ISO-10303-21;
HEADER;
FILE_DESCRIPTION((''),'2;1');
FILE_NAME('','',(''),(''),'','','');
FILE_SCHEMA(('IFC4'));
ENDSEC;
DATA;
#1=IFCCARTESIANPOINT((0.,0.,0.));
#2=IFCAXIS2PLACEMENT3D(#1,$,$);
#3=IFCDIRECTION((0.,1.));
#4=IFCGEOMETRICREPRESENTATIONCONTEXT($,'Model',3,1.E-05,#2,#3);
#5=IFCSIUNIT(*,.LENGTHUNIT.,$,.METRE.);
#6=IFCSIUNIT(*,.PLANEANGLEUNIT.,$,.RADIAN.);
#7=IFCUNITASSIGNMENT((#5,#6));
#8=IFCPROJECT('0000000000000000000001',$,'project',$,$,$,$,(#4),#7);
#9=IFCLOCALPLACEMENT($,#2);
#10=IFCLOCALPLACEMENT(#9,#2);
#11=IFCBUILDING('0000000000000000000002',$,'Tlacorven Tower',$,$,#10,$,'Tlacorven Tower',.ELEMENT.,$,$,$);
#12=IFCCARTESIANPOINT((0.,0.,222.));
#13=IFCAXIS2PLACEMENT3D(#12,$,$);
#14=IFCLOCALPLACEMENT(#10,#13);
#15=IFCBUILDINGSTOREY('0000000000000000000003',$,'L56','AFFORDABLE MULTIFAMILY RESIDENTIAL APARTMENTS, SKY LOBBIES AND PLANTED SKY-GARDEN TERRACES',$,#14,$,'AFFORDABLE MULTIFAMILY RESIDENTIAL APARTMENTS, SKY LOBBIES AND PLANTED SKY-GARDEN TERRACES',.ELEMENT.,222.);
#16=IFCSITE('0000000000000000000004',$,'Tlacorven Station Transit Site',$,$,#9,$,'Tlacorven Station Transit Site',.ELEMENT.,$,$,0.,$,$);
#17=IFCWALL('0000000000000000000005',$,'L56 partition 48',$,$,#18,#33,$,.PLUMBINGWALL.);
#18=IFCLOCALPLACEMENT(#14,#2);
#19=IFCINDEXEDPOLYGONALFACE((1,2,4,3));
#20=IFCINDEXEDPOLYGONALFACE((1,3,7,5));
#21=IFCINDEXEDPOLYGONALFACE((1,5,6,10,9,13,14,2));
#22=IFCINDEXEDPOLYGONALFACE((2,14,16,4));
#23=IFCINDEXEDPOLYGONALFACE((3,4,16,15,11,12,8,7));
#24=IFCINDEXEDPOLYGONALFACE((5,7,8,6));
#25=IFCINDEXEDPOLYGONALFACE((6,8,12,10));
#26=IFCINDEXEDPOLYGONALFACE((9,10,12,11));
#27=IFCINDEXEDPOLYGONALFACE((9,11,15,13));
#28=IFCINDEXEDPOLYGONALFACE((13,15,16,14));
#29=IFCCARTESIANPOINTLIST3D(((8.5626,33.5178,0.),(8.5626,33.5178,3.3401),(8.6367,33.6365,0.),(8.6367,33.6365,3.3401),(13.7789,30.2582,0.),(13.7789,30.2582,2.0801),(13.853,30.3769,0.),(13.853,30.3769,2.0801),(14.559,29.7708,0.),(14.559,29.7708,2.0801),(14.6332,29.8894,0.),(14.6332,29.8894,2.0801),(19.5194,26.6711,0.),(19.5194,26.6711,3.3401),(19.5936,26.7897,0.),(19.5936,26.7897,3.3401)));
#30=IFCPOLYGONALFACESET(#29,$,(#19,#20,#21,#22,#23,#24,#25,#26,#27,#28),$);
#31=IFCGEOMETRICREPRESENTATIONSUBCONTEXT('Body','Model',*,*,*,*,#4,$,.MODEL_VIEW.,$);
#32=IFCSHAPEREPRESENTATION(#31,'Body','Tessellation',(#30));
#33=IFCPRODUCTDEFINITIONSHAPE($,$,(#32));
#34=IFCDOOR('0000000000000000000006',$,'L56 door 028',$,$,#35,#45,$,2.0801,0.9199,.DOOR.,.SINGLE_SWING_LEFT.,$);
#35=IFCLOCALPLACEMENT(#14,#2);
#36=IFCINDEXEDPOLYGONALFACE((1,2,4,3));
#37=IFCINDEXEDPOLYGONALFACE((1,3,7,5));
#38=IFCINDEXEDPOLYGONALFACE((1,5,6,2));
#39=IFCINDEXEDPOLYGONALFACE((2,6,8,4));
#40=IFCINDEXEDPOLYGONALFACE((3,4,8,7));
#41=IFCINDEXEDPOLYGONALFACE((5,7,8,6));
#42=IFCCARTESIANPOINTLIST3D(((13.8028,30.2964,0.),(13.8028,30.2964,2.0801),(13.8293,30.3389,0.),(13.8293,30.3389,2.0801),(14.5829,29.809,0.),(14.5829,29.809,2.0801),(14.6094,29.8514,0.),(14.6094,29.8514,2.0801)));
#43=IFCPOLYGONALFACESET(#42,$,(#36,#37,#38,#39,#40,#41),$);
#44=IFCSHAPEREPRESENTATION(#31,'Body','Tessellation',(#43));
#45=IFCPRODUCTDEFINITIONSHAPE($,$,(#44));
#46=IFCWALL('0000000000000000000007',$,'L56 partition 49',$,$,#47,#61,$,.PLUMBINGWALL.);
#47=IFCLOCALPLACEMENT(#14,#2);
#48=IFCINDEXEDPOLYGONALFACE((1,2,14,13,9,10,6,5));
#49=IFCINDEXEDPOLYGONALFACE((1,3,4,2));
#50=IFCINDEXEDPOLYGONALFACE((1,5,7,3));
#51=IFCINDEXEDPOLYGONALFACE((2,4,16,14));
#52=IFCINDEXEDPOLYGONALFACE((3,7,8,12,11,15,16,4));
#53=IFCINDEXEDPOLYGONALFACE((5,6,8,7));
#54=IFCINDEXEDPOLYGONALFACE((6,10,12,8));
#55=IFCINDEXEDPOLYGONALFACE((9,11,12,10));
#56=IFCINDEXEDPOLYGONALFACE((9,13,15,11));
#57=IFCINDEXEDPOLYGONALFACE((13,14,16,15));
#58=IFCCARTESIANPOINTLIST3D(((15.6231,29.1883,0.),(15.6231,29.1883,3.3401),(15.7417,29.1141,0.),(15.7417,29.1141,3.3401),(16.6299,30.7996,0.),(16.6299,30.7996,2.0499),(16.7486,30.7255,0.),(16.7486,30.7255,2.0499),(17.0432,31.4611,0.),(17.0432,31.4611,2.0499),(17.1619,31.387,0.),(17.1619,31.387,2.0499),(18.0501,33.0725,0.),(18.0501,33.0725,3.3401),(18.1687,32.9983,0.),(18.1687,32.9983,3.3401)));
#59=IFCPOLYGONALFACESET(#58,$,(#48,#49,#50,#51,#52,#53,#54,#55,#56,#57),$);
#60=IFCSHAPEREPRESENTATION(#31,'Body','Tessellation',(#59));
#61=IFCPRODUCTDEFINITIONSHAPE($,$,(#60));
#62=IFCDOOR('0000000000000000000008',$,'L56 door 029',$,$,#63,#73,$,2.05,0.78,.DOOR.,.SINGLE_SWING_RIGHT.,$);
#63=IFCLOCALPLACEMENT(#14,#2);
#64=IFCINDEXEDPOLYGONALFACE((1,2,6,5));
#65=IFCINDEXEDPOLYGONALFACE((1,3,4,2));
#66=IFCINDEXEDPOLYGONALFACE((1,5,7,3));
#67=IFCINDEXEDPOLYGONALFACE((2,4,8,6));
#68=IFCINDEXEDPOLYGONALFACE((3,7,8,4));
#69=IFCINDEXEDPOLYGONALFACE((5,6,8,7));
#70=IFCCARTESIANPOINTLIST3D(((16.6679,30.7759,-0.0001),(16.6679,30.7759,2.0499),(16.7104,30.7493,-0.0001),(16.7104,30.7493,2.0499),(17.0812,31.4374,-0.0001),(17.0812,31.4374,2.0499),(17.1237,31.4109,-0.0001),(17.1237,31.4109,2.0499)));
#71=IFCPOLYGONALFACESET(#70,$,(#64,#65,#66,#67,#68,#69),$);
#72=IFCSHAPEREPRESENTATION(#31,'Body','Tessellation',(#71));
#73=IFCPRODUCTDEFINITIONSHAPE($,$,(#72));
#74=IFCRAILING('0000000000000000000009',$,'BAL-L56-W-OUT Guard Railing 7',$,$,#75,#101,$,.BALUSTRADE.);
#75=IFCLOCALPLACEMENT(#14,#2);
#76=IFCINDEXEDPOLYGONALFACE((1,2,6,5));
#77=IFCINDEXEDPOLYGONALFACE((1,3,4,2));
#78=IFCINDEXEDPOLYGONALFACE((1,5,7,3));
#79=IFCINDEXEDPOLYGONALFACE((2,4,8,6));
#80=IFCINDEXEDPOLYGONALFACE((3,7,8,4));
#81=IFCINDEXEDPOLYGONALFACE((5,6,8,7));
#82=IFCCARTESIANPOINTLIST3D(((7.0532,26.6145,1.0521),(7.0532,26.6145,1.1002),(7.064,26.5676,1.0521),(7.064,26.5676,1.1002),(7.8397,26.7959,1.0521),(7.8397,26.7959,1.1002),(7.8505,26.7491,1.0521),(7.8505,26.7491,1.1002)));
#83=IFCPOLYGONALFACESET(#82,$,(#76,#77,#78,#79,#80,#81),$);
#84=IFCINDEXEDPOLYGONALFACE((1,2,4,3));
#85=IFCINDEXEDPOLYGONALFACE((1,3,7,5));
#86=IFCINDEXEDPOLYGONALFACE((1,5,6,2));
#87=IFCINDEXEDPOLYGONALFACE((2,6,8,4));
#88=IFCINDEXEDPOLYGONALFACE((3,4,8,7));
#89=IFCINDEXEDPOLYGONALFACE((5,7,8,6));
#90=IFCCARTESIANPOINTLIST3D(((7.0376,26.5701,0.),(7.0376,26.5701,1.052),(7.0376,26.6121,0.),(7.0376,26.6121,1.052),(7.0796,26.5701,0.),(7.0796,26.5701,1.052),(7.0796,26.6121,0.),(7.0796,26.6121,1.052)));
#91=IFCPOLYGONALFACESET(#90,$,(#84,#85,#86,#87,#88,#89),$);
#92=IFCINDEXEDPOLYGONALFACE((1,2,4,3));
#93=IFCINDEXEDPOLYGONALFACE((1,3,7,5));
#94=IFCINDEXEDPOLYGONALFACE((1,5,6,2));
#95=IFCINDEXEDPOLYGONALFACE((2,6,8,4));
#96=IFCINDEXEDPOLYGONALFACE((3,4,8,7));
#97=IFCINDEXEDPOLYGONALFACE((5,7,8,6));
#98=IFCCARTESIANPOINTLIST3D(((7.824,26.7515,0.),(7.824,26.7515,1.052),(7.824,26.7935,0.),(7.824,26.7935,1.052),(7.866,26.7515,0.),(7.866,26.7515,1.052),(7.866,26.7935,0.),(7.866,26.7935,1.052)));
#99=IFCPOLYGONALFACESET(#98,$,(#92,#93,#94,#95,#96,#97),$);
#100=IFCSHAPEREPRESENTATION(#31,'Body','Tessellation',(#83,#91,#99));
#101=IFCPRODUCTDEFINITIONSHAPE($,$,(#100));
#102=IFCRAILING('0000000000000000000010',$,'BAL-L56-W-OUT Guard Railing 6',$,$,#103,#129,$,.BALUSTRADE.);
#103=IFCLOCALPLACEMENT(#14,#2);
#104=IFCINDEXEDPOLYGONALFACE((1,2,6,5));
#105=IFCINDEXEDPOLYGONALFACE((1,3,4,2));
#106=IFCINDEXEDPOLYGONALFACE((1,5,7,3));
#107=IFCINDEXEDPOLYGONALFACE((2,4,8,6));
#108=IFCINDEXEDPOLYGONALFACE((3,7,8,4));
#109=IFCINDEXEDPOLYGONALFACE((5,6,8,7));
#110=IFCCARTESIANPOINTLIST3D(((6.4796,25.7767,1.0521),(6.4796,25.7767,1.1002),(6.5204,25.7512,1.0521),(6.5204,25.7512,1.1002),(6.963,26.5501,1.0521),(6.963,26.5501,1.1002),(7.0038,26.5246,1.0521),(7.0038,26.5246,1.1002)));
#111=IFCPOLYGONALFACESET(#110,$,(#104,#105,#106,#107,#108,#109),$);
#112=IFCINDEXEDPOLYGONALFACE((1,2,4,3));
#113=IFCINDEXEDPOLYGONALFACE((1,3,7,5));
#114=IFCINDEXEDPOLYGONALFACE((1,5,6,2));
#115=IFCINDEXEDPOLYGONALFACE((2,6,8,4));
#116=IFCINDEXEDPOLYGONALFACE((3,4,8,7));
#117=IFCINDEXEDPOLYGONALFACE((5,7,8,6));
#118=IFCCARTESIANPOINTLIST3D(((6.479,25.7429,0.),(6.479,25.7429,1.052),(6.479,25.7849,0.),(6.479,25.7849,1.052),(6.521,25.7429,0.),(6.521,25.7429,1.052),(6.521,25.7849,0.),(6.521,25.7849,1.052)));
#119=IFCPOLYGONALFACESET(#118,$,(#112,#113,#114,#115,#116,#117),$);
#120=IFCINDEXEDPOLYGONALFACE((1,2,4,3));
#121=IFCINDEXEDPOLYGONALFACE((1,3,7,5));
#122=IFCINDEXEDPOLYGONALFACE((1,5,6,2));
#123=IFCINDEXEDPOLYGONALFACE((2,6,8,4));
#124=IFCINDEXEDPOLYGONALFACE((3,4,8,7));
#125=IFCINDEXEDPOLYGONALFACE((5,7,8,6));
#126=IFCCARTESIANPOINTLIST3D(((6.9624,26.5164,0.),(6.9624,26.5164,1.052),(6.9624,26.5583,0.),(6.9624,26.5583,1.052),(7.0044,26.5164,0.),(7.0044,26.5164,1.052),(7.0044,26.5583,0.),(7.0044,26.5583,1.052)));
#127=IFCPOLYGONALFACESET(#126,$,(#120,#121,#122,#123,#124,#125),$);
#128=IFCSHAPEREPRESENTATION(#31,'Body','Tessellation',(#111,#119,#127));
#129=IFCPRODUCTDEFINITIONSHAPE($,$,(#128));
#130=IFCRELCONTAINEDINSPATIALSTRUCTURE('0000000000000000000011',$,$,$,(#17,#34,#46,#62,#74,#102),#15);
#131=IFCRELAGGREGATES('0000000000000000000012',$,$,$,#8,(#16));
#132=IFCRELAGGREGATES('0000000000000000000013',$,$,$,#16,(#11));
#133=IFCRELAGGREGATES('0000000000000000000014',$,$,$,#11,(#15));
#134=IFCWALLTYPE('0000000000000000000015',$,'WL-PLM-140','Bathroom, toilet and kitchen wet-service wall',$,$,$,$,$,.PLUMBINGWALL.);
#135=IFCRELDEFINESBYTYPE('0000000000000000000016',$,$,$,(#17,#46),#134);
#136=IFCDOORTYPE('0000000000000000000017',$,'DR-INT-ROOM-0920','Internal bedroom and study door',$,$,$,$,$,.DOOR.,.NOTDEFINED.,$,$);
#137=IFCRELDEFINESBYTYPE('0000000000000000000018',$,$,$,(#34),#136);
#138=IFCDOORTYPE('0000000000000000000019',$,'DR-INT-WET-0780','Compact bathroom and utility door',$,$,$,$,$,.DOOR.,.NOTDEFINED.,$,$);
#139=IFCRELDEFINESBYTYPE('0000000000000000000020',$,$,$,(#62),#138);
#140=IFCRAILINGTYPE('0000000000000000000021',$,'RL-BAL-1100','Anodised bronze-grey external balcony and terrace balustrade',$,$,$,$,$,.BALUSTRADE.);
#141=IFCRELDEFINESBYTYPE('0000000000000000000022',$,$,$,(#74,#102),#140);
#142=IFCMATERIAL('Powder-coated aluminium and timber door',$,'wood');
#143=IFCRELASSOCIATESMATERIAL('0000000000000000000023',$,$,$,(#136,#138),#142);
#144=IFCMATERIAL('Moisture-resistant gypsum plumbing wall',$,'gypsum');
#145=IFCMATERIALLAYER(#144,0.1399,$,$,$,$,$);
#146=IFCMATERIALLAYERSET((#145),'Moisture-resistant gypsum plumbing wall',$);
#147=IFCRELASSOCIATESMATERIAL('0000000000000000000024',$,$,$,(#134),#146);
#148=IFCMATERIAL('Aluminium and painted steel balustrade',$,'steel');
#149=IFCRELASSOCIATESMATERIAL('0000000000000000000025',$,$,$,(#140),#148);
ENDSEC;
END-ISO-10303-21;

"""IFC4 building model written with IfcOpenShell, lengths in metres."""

from ifc_helpers import new_model, si_unit, direction, frame, frame_2d, origin, origin_2d, place, context, subcontext, project, spatial, rectangle, extrude, source, transform, mapped, material, layer, layer_set, type_object, element, fill, save


model = new_model("IFC4")

# Units and contexts
model_context = context("Model", 3, precision=1e-05, world=origin(), true_north=direction((0.0, 1.0)))
body_context = subcontext(model_context, "Body", "Model", "MODEL_VIEW")
ifc_project = project(units=[si_unit("LENGTHUNIT", "METRE"), si_unit("PLANEANGLEUNIT", "RADIAN")], contexts=[model_context])

# Site, building, storey
site_placement = place(None, origin())
site = spatial("IfcSite", under=ifc_project, at=site_placement, Name="Tlacorven Station Transit Site", LongName="Tlacorven Station Transit Site", CompositionType="ELEMENT", RefElevation=0.0)
building_placement = place(site_placement, origin())
building = spatial("IfcBuilding", under=site, at=building_placement, Name="Tlacorven Tower", LongName="Tlacorven Tower", CompositionType="ELEMENT")
storey_placement = place(building_placement, frame((0.0, 0.0, 222.0)))
storey = spatial("IfcBuildingStorey", under=building, at=storey_placement, Name="L56", Description="AFFORDABLE MULTIFAMILY RESIDENTIAL APARTMENTS, SKY LOBBIES AND PLANTED SKY-GARDEN TERRACES", LongName="AFFORDABLE MULTIFAMILY RESIDENTIAL APARTMENTS, SKY LOBBIES AND PLANTED SKY-GARDEN TERRACES", CompositionType="ELEMENT", Elevation=222.0)

# Walls, openings, doors
ifc_material_1 = material(Name="Powder-coated aluminium and timber door", Category="wood")
door_type_1 = type_object("IfcDoorType", Name="DR-INT-ROOM-0920", Description="Internal bedroom and study door", OperationType="NOTDEFINED", PredefinedType="DOOR", material=ifc_material_1)
shared_shape_1 = source(origin(), body_context, "Body", "SweptSolid", [
    extrude(rectangle(XDim=0.9199, YDim=2.0801, at=frame_2d((0.46, 1.04))), frame((0.0, 0.0249, 0.0), z_axis=(0.0, -1.0, 0.0), x_axis=(1.0, 0.0, 0.0)), (0.0, 0.0, 1.0), 0.05),
])
ifc_material_2 = material(Name="Moisture-resistant gypsum plumbing wall", Category="gypsum")
ifc_layer_1 = layer(ifc_material_2, 0.1399)
ifc_layer_set_1 = layer_set([ifc_layer_1], Name="Moisture-resistant gypsum plumbing wall")
wall_type_1 = type_object("IfcWallType", Name="WL-PLM-140", Description="Bathroom, toilet and kitchen wet-service wall", PredefinedType="PLUMBINGWALL", material=ifc_layer_set_1)
wall_1_placement = place(storey_placement, frame((19.5564, 26.7305, 0.0), z_axis=(0.0, 0.0, 1.0), x_axis=(-0.848044, 0.529926, 0.0)))
wall_1 = element("IfcWall", 1, at=wall_1_placement, inside=storey, type_object=wall_type_1, Name="L56 partition 48", PredefinedType="PLUMBINGWALL", context=body_context, shape_type="SweptSolid", body=[
    extrude(rectangle(XDim=12.9202, YDim=0.1399, at=frame_2d((6.46, 0.0))), origin(), (0.0, 0.0, 1.0), 3.3401),
])
opening_1_placement = place(wall_1_placement, frame((5.8491, 0.0, 0.0)))
opening_1 = element("IfcOpeningElement", 2, at=opening_1_placement, cuts=wall_1, PredefinedType="OPENING", context=body_context, shape_type="SweptSolid", body=[
    extrude(rectangle(XDim=0.9199, YDim=2.0801, at=frame_2d((0.46, 1.04))), frame((0.0, 0.0801, 0.0), z_axis=(0.0, -1.0, 0.0), x_axis=(1.0, 0.0, 0.0)), (0.0, 0.0, 1.0), 0.1599),
])
door_1_placement = place(opening_1_placement, origin())
door_1 = element("IfcDoor", 3, at=door_1_placement, inside=storey, type_object=door_type_1, Name="L56 door 028", OperationType="SINGLE_SWING_LEFT", OverallHeight=2.0801, OverallWidth=0.9199, PredefinedType="DOOR", context=body_context, shape_type="MappedRepresentation", body=[
    mapped(shared_shape_1, transform((0.0, 0.0, 0.0), scale=1.0)),
])
fill(opening_1, door_1)
wall_2_placement = place(storey_placement, frame((18.1094, 33.0354, 0.0), z_axis=(0.0, 0.0, 1.0), x_axis=(-0.529894, -0.848064, 0.0)))
wall_2 = element("IfcWall", 4, at=wall_2_placement, inside=storey, type_object=wall_type_1, Name="L56 partition 49", PredefinedType="PLUMBINGWALL", context=body_context, shape_type="SweptSolid", body=[
    extrude(rectangle(XDim=4.5801, YDim=0.1399, at=frame_2d((2.29, 0.0))), origin(), (0.0, 0.0, 1.0), 3.3401),
])
opening_2_placement = place(wall_2_placement, frame((1.8999, 0.0, 0.0)))
opening_2 = element("IfcOpeningElement", 5, at=opening_2_placement, cuts=wall_2, PredefinedType="OPENING", context=body_context, shape_type="SweptSolid", body=[
    extrude(rectangle(XDim=0.78, YDim=2.05, at=frame_2d((0.3901, 1.0249))), frame((0.0, 0.0801, 0.0), z_axis=(0.0, -1.0, 0.0), x_axis=(1.0, 0.0, 0.0)), (0.0, 0.0, 1.0), 0.1599),
])
door_type_2 = type_object("IfcDoorType", Name="DR-INT-WET-0780", Description="Compact bathroom and utility door", OperationType="NOTDEFINED", PredefinedType="DOOR", material=ifc_material_1)
shared_shape_2 = source(origin(), body_context, "Body", "SweptSolid", [
    extrude(rectangle(XDim=0.78, YDim=2.05, at=frame_2d((0.3901, 1.0249))), frame((0.0, 0.0249, 0.0), z_axis=(0.0, -1.0, 0.0), x_axis=(1.0, 0.0, 0.0)), (0.0, 0.0, 1.0), 0.05),
])
door_2_placement = place(opening_2_placement, origin())
door_2 = element("IfcDoor", 6, at=door_2_placement, inside=storey, type_object=door_type_2, Name="L56 door 029", OperationType="SINGLE_SWING_RIGHT", OverallHeight=2.05, OverallWidth=0.78, PredefinedType="DOOR", context=body_context, shape_type="MappedRepresentation", body=[
    mapped(shared_shape_2, transform((0.0, 0.0, 0.0), scale=1.0)),
])
fill(opening_2, door_2)

# Railings
ifc_material_3 = material(Name="Aluminium and painted steel balustrade", Category="steel")
railing_type = type_object("IfcRailingType", Name="RL-BAL-1100", Description="Anodised bronze-grey external balcony and terrace balustrade", PredefinedType="BALUSTRADE", material=ifc_material_3)
shared_shape_3 = source(origin(), body_context, "Body", "SweptSolid", [
    extrude(rectangle(XDim=0.0481, YDim=0.0481, at=origin_2d()), frame((0.0, 0.0, 1.0762), z_axis=(0.974412, 0.224771, 0.0), x_axis=(-0.224771, 0.974412, 0.0)), (0.0, 0.0, 1.0), 0.8071),
    extrude(rectangle(XDim=0.042, YDim=0.042, at=origin_2d()), origin(), (0.0, 0.0, 1.0), 1.052),
    extrude(rectangle(XDim=0.042, YDim=0.042, at=origin_2d()), frame((0.7864, 0.1814, 0.0)), (0.0, 0.0, 1.0), 1.052),
])
railing_1_placement = place(storey_placement, frame((7.0586, 26.5911, 0.0)))
element("IfcRailing", 7, at=railing_1_placement, inside=storey, type_object=railing_type, Name="BAL-L56-W-OUT Guard Railing 7", PredefinedType="BALUSTRADE", context=body_context, shape_type="MappedRepresentation", body=[
    mapped(shared_shape_3, transform((0.0, 0.0, 0.0), scale=1.0)),
])
shared_shape_4 = source(origin(), body_context, "Body", "SweptSolid", [
    extrude(rectangle(XDim=0.0481, YDim=0.0481, at=origin_2d()), frame((0.0, 0.0, 1.0762), z_axis=(0.529999, 0.847998, 0.0), x_axis=(-0.847998, 0.529999, 0.0)), (0.0, 0.0, 1.0), 0.9121),
    extrude(rectangle(XDim=0.042, YDim=0.042, at=origin_2d()), origin(), (0.0, 0.0, 1.0), 1.052),
    extrude(rectangle(XDim=0.042, YDim=0.042, at=origin_2d()), frame((0.4834, 0.7734, 0.0)), (0.0, 0.0, 1.0), 1.052),
])
railing_2_placement = place(storey_placement, frame((6.5, 25.7639, 0.0)))
element("IfcRailing", 8, at=railing_2_placement, inside=storey, type_object=railing_type, Name="BAL-L56-W-OUT Guard Railing 6", PredefinedType="BALUSTRADE", context=body_context, shape_type="MappedRepresentation", body=[
    mapped(shared_shape_4, transform((0.0, 0.0, 0.0), scale=1.0)),
])

save(model, "model.ifc")
